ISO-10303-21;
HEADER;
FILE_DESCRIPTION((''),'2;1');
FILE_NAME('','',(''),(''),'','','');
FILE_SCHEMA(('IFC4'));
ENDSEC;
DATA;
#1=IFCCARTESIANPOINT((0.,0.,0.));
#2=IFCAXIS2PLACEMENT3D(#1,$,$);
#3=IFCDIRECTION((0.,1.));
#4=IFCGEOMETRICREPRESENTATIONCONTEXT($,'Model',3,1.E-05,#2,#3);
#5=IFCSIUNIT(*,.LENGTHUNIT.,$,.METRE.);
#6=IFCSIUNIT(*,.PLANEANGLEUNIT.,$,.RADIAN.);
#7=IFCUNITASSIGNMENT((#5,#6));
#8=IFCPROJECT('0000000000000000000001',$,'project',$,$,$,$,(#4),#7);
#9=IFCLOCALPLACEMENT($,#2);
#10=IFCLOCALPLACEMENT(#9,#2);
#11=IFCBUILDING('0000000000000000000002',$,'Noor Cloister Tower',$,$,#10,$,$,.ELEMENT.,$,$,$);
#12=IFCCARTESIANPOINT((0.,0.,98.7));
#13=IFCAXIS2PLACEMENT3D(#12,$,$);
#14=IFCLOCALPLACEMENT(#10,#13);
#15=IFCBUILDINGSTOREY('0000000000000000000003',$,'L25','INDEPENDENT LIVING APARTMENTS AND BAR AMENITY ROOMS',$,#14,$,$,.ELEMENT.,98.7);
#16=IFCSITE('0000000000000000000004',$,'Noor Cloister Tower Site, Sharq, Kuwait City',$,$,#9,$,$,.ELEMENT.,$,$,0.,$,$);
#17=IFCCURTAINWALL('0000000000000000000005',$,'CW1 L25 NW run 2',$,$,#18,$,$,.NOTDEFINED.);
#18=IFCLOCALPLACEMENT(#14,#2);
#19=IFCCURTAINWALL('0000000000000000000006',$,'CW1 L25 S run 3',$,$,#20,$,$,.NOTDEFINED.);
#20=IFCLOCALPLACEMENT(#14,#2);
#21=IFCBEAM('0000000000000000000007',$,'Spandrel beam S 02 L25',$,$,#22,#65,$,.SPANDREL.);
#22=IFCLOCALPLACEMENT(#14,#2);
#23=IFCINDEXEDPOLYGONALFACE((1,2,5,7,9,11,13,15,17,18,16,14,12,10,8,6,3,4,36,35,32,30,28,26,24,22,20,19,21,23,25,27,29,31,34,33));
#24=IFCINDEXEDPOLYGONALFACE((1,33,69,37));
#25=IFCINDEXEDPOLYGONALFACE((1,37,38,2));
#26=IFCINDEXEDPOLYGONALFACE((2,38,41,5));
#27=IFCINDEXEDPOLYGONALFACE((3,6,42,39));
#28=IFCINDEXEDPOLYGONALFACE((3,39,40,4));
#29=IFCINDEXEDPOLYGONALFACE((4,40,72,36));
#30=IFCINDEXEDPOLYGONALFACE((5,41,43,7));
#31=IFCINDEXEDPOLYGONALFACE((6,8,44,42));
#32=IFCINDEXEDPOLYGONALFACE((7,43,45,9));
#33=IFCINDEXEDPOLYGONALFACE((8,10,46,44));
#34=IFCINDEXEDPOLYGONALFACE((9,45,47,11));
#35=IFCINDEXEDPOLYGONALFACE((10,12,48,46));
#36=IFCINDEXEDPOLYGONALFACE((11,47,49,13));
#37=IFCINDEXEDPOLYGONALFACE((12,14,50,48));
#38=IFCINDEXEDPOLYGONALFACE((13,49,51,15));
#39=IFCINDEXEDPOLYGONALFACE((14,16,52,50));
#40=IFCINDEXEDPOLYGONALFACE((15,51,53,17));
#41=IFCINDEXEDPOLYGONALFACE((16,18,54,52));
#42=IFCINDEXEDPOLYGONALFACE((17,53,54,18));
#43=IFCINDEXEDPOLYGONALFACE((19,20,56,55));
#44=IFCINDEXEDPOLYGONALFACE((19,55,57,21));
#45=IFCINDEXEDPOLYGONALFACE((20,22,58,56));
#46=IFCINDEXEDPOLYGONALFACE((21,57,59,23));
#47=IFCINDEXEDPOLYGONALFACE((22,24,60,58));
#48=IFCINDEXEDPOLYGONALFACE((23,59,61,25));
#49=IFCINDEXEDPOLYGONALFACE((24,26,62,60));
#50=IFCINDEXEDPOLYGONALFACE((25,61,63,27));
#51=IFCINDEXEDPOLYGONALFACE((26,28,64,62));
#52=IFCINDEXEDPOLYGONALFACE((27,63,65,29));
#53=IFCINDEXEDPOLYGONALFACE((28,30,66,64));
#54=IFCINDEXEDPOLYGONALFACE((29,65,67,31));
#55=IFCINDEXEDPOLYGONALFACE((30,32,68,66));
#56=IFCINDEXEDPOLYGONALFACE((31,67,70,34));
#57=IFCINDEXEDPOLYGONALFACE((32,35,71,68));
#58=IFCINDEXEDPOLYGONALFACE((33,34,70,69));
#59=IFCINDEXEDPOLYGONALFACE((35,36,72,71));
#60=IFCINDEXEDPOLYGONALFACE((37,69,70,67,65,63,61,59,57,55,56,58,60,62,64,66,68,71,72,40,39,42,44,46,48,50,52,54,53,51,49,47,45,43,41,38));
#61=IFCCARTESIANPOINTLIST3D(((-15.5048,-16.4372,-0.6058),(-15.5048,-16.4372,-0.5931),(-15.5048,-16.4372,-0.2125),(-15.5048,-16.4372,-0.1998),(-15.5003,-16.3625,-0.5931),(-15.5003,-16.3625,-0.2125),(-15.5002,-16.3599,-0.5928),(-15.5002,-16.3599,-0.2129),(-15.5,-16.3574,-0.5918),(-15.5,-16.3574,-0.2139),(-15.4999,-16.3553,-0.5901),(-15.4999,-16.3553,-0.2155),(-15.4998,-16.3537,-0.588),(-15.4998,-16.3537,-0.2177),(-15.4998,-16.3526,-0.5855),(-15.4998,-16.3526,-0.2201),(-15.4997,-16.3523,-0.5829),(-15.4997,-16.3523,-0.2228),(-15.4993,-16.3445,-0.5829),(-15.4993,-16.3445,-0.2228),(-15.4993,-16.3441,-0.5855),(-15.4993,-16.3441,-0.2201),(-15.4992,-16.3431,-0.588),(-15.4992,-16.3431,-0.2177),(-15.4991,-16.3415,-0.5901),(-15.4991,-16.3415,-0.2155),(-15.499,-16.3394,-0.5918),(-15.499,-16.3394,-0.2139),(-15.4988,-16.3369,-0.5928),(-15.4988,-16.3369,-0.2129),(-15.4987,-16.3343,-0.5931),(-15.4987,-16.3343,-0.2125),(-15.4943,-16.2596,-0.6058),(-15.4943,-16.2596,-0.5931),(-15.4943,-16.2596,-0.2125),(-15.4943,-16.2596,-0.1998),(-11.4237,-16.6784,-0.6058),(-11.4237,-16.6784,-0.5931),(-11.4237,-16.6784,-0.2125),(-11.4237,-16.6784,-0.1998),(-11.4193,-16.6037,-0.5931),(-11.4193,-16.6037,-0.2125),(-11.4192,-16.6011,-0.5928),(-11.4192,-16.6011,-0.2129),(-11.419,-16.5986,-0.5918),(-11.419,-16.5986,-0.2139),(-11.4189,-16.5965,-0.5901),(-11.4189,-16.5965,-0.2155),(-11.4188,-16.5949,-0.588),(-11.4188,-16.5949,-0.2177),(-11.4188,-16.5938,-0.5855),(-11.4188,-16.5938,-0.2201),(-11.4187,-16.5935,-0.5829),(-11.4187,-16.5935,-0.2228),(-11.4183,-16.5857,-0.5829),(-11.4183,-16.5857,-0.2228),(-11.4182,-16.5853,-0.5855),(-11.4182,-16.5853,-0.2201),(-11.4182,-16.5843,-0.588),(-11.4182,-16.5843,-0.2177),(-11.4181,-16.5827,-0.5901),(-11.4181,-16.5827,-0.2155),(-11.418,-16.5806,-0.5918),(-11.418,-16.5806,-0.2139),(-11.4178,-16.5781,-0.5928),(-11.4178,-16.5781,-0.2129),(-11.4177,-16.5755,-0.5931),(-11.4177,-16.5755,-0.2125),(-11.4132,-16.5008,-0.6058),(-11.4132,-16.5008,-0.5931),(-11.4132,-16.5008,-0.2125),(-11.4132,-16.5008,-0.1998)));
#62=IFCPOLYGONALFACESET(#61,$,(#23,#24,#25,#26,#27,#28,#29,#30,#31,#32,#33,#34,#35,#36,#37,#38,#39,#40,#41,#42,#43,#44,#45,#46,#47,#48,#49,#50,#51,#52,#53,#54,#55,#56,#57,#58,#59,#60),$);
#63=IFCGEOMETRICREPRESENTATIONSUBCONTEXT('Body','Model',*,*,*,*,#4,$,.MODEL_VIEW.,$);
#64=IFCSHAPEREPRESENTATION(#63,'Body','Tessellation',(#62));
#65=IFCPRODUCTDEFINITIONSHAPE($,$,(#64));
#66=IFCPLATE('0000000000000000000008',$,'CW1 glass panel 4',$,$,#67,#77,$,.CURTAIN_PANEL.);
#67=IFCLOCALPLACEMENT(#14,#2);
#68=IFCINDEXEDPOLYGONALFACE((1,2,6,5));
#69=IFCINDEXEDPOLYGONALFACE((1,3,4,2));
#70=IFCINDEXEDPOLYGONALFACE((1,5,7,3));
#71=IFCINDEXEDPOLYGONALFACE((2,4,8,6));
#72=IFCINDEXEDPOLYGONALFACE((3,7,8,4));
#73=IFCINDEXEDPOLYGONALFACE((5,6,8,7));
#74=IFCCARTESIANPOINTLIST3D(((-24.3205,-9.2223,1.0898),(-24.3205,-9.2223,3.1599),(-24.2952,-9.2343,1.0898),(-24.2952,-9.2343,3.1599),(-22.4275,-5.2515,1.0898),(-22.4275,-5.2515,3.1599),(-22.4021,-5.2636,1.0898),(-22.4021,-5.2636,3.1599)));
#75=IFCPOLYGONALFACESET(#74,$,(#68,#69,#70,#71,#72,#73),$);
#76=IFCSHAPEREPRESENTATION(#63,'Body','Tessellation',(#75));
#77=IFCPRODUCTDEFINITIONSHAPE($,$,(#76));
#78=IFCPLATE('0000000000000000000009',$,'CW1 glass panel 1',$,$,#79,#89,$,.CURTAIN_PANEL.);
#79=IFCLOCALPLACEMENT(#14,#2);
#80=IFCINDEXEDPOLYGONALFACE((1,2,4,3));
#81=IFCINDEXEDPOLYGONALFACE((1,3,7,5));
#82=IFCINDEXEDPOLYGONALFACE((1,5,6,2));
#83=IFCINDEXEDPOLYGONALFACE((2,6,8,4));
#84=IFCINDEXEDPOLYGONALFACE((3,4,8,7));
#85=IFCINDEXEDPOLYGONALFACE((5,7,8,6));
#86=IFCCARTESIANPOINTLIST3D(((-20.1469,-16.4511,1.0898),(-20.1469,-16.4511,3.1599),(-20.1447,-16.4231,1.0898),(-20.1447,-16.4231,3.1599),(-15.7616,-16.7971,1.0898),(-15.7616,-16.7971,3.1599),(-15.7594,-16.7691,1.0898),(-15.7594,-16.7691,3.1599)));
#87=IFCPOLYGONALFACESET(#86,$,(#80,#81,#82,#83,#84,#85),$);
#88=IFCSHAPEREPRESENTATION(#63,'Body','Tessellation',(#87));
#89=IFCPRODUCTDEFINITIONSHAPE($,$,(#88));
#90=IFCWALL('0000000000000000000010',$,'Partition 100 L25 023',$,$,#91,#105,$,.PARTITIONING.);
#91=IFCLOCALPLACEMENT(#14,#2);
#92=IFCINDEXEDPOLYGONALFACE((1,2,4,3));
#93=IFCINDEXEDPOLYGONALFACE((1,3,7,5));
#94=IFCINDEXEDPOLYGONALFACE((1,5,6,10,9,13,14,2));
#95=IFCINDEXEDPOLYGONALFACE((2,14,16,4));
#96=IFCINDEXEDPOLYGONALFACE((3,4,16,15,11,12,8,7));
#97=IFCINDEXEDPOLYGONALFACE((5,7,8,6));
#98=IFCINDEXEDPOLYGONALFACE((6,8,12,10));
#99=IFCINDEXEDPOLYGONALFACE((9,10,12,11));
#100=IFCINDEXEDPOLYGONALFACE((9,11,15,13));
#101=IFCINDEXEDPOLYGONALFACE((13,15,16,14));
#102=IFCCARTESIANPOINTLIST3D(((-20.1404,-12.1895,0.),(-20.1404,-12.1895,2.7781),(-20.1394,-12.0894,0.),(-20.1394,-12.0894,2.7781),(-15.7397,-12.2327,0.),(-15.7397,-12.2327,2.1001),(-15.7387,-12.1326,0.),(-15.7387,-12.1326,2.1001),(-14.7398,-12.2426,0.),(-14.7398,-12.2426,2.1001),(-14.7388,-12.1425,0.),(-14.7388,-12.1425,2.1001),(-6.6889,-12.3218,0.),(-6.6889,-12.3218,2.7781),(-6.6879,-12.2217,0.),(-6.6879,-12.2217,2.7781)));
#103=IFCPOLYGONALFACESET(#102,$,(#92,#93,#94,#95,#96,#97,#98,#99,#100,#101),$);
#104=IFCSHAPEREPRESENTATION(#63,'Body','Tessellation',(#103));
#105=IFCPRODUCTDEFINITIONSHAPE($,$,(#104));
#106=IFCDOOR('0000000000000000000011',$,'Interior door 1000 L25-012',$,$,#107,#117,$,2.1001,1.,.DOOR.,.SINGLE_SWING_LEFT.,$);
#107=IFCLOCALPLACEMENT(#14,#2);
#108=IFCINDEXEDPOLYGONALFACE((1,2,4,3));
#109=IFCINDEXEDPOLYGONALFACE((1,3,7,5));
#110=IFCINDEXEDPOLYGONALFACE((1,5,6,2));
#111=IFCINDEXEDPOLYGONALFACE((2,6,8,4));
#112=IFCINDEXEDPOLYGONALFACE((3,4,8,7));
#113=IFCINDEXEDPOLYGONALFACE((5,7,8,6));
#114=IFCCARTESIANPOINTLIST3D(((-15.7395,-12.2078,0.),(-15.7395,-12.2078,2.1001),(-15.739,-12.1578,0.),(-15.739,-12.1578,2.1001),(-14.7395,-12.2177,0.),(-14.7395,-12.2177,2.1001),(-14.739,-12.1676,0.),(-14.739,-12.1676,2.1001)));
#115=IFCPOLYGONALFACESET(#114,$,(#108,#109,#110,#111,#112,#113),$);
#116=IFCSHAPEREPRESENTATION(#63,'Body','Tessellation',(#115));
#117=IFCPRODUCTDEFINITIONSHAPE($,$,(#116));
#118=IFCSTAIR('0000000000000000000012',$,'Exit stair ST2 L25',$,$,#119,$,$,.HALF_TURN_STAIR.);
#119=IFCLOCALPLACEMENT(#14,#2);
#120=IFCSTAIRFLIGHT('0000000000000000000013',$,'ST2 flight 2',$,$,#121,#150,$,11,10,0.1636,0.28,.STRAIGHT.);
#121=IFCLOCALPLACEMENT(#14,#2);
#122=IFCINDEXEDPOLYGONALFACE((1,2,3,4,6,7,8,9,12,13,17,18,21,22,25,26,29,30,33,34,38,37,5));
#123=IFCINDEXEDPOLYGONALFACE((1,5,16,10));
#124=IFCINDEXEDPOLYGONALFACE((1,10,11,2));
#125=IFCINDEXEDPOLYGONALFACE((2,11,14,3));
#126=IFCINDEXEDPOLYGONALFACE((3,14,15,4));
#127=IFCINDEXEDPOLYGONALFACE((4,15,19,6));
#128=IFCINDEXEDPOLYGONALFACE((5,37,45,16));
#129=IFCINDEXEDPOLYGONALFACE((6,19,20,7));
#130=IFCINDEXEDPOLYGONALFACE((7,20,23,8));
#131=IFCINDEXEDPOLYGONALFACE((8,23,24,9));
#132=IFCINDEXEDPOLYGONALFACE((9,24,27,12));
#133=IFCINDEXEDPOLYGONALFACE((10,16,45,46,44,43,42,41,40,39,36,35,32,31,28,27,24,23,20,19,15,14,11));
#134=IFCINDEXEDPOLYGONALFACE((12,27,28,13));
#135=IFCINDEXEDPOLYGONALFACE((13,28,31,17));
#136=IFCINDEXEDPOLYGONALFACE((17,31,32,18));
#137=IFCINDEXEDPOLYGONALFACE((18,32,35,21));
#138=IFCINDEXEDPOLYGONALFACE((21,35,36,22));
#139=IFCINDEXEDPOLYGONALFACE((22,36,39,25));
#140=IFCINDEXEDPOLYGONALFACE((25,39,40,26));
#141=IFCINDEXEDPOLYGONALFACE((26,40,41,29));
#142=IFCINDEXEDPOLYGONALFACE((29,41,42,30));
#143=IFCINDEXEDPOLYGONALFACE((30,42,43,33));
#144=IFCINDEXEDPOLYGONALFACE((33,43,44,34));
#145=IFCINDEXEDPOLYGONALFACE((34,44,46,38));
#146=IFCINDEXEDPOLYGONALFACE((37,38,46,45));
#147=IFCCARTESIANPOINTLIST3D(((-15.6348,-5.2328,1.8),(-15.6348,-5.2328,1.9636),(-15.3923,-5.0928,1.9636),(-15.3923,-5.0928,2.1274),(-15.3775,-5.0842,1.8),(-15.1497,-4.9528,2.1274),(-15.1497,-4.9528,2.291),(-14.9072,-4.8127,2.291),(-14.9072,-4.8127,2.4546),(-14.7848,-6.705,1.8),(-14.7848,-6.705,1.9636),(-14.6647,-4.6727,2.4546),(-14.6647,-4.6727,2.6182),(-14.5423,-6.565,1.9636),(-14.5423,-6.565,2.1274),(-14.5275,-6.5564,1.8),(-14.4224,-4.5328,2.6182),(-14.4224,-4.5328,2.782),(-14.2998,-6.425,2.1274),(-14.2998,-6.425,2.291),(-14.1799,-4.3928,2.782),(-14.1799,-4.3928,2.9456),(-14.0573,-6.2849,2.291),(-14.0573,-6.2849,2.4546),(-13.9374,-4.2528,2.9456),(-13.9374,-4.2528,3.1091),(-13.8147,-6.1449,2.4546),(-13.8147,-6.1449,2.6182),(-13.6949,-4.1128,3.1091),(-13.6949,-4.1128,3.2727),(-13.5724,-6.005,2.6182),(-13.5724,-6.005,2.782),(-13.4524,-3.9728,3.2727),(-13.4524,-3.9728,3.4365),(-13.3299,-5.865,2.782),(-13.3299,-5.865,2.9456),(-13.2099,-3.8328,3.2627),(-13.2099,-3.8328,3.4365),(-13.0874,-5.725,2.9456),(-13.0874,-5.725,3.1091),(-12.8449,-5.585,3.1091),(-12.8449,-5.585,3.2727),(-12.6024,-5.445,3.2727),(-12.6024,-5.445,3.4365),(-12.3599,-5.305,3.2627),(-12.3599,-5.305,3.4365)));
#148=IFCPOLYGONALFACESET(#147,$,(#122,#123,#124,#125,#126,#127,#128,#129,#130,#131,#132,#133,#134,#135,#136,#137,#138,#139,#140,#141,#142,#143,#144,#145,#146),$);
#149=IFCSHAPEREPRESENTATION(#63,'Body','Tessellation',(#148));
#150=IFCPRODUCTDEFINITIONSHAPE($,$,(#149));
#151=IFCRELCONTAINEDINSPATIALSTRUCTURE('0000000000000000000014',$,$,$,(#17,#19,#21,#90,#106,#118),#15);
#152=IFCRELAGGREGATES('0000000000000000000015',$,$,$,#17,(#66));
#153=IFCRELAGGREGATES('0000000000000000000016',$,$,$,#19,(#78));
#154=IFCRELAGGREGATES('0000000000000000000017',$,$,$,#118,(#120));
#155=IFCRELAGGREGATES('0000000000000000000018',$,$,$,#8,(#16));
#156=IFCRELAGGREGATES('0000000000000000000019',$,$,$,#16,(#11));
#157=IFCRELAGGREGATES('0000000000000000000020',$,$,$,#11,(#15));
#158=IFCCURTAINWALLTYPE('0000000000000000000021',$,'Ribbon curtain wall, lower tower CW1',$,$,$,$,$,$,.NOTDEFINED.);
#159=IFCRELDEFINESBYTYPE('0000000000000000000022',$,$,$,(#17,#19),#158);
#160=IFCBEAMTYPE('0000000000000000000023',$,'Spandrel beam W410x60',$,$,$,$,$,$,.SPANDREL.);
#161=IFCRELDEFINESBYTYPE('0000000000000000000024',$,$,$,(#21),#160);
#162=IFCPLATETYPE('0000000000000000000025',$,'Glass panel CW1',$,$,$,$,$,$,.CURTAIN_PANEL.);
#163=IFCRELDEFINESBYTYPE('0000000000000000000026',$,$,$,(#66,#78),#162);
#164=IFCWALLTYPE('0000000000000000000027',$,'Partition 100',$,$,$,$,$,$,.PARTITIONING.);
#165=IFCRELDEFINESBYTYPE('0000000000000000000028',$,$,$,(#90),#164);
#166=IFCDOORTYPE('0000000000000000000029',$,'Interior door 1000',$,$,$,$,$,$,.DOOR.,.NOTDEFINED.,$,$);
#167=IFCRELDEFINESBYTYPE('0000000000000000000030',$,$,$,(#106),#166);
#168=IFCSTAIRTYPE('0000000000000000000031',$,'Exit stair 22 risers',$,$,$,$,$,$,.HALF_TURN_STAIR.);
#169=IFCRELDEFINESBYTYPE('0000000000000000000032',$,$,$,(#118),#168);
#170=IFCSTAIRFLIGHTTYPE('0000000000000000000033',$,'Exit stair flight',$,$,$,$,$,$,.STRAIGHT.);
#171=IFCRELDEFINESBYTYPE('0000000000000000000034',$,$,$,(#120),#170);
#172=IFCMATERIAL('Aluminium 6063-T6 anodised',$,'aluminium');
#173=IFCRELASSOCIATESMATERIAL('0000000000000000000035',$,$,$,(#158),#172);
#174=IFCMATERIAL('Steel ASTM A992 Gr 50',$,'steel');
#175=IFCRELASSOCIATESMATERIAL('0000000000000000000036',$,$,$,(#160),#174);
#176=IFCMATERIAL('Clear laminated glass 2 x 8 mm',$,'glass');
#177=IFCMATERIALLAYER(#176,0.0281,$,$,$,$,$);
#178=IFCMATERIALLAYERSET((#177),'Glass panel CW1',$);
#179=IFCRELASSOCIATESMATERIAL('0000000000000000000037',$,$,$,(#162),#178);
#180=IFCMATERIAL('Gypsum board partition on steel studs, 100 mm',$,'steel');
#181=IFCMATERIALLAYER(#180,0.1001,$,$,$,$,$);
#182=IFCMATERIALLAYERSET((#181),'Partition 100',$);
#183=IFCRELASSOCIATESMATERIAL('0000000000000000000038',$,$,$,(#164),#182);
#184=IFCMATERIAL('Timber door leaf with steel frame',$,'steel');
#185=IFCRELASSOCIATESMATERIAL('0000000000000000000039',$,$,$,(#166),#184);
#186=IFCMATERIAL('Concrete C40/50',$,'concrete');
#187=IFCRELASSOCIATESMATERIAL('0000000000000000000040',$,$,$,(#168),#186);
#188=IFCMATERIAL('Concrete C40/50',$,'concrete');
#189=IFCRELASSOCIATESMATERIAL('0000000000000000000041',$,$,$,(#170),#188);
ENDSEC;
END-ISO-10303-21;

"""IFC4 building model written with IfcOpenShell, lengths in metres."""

from ifc_helpers import new_model, si_unit, direction, frame, frame_2d, origin, origin_2d, place, context, subcontext, project, spatial, polyline, rectangle, i_section, outline, extrude, material, layer, layer_set, material_profile, profile_set, type_object, element, fill, aggregate, save


model = new_model("IFC4")

# Units and contexts
model_context = context("Model", 3, precision=1e-05, world=origin(), true_north=direction((0.0, 1.0)))
body_context = subcontext(model_context, "Body", "Model", "MODEL_VIEW")
ifc_project = project(units=[si_unit("LENGTHUNIT", "METRE"), si_unit("PLANEANGLEUNIT", "RADIAN")], contexts=[model_context])

# Site, building, storey
site_placement = place(None, origin())
site = spatial("IfcSite", under=ifc_project, at=site_placement, Name="Noor Cloister Tower Site, Sharq, Kuwait City", CompositionType="ELEMENT", RefElevation=0.0)
building_placement = place(site_placement, origin())
building = spatial("IfcBuilding", under=site, at=building_placement, Name="Noor Cloister Tower", CompositionType="ELEMENT")
storey_placement = place(building_placement, frame((0.0, 0.0, 98.7)))
storey = spatial("IfcBuildingStorey", under=building, at=storey_placement, Name="L25", Description="INDEPENDENT LIVING APARTMENTS AND BAR AMENITY ROOMS", CompositionType="ELEMENT", Elevation=98.7)

# Curtain walls
ifc_material_1 = material(Name="Aluminium 6063-T6 anodised", Category="aluminium")
curtain_wall_type = type_object("IfcCurtainWallType", Name="Ribbon curtain wall, lower tower CW1", PredefinedType="NOTDEFINED", material=ifc_material_1)
curtain_wall_1_placement = place(storey_placement, origin())
curtain_wall_1 = element("IfcCurtainWall", 1, at=curtain_wall_1_placement, inside=storey, type_object=curtain_wall_type, Name="CW1 L25 NW run 2", PredefinedType="NOTDEFINED")
curtain_wall_2_placement = place(storey_placement, origin())
curtain_wall_2 = element("IfcCurtainWall", 2, at=curtain_wall_2_placement, inside=storey, type_object=curtain_wall_type, Name="CW1 L25 S run 3", PredefinedType="NOTDEFINED")

# Beam
ifc_material_2 = material(Name="Steel ASTM A992 Gr 50", Category="steel")
ifc_material_profile_1 = material_profile(ifc_material_2, i_section(OverallWidth=0.178, OverallDepth=0.406, WebThickness=0.0078, FlangeThickness=0.0127, FilletRadius=0.0103, at=origin_2d()), Name="W410x60")
ifc_profile_set_1 = profile_set([ifc_material_profile_1], Name="Steel ASTM A992 Gr 50")
beam_type_1 = type_object("IfcBeamType", Name="Spandrel beam W410x60", PredefinedType="SPANDREL", material=ifc_profile_set_1)
for number, where, z_axis, x_axis, name in (
    (3, (-15.4995, -16.3484, -0.4028), (0.998258, -0.059002, 0.0), (0.059002, 0.998258, 0.0), "Spandrel beam S 02 L25"),
):
    element("IfcBeam", number, at=place(storey_placement, frame(where, z_axis=z_axis, x_axis=x_axis)), inside=storey, type_object=beam_type_1, Name=name, PredefinedType="SPANDREL", context=body_context, shape_type="SweptSolid", body=[
        extrude(i_section(OverallWidth=0.178, OverallDepth=0.406, WebThickness=0.0078, FlangeThickness=0.0127, FilletRadius=0.0103, at=origin_2d()), origin(), (0.0, 0.0, 1.0), 4.0881),
    ])

# Plates
ifc_material_3 = material(Name="Clear laminated glass 2 x 8 mm", Category="glass")
ifc_layer_1 = layer(ifc_material_3, 0.0281)
ifc_layer_set_1 = layer_set([ifc_layer_1], Name="Glass panel CW1")
plate_type = type_object("IfcPlateType", Name="Glass panel CW1", PredefinedType="CURTAIN_PANEL", material=ifc_layer_set_1)
plate_1_placement = place(storey_placement, frame((-23.3613, -7.2429, 1.0898), z_axis=(0.0, 0.0, 1.0), x_axis=(-0.430337, -0.902668, 0.0)))
plate_1 = element("IfcPlate", 4, at=plate_1_placement, type_object=plate_type, Name="CW1 glass panel 4", PredefinedType="CURTAIN_PANEL", context=body_context, shape_type="SweptSolid", body=[
    extrude(rectangle(XDim=4.3989, YDim=0.0281, at=origin_2d()), origin(), (0.0, 0.0, 1.0), 2.0701),
])
aggregate(curtain_wall_1, [plate_1])
plate_2_placement = place(storey_placement, frame((-17.9531, -16.6101, 1.0898), z_axis=(0.0, 0.0, 1.0), x_axis=(0.996902, -0.078652, 0.0)))
plate_2 = element("IfcPlate", 5, at=plate_2_placement, type_object=plate_type, Name="CW1 glass panel 1", PredefinedType="CURTAIN_PANEL", context=body_context, shape_type="SweptSolid", body=[
    extrude(rectangle(XDim=4.3989, YDim=0.0281, at=origin_2d()), origin(), (0.0, 0.0, 1.0), 2.0701),
])
aggregate(curtain_wall_2, [plate_2])

# Wall, opening, door
ifc_material_4 = material(Name="Gypsum board partition on steel studs, 100 mm", Category="steel")
ifc_layer_2 = layer(ifc_material_4, 0.1001)
ifc_layer_set_2 = layer_set([ifc_layer_2], Name="Partition 100")
wall_type = type_object("IfcWallType", Name="Partition 100", PredefinedType="PARTITIONING", material=ifc_layer_set_2)
wall_placement = place(storey_placement, frame((-20.1399, -12.1394, 0.0), z_axis=(0.0, 0.0, 1.0), x_axis=(0.999952, -0.009837, 0.0)))
wall = element("IfcWall", 6, at=wall_placement, inside=storey, type_object=wall_type, Name="Partition 100 L25 023", PredefinedType="PARTITIONING", context=body_context, shape_type="SweptSolid", body=[
    extrude(rectangle(XDim=13.4521, YDim=0.1001, at=frame_2d((6.7261, 0.0))), origin(), (0.0, 0.0, 1.0), 2.7781),
])
opening_placement = place(wall_placement, frame((4.4009, 0.0, 0.0)))
opening = element("IfcOpeningElement", 7, at=opening_placement, cuts=wall, PredefinedType="OPENING", context=body_context, shape_type="SweptSolid", body=[
    extrude(rectangle(XDim=1.0, YDim=2.1001, at=frame_2d((0.5, 1.05))), frame((0.0, 0.0601, 0.0), z_axis=(0.0, -1.0, 0.0), x_axis=(1.0, 0.0, 0.0)), (0.0, 0.0, 1.0), 0.1201),
])
ifc_material_5 = material(Name="Timber door leaf with steel frame", Category="steel")
door_type = type_object("IfcDoorType", Name="Interior door 1000", OperationType="NOTDEFINED", PredefinedType="DOOR", material=ifc_material_5)
door_placement = place(opening_placement, origin())
door = element("IfcDoor", 8, at=door_placement, inside=storey, type_object=door_type, Name="Interior door 1000 L25-012", OperationType="SINGLE_SWING_LEFT", OverallHeight=2.1001, OverallWidth=1.0, PredefinedType="DOOR", context=body_context, shape_type="SweptSolid", body=[
    extrude(rectangle(XDim=1.0, YDim=2.1001, at=frame_2d((0.5, 1.05))), frame((0.0, 0.0249, 0.0), z_axis=(0.0, -1.0, 0.0), x_axis=(1.0, 0.0, 0.0)), (0.0, 0.0, 1.0), 0.05),
])
fill(opening, door)

# Stair, stair flight
ifc_material_6 = material(Name="Concrete C40/50", Category="concrete")
stair_type = type_object("IfcStairType", Name="Exit stair 22 risers", PredefinedType="HALF_TURN_STAIR", material=ifc_material_6)
stair_placement = place(storey_placement, origin())
stair = element("IfcStair", 9, at=stair_placement, inside=storey, type_object=stair_type, Name="Exit stair ST2 L25", PredefinedType="HALF_TURN_STAIR")
ifc_material_7 = material(Name="Concrete C40/50", Category="concrete")
stair_flight_type = type_object("IfcStairFlightType", Name="Exit stair flight", PredefinedType="STRAIGHT", material=ifc_material_7)
stair_flight_placement = place(storey_placement, frame((-15.2097, -5.969, 1.8), z_axis=(0.0, 0.0, 1.0), x_axis=(0.866025, 0.5, 0.0)))
stair_flight = element("IfcStairFlight", 10, at=stair_flight_placement, type_object=stair_flight_type, Name="ST2 flight 2", NumberOfRisers=11, NumberOfTreads=10, PredefinedType="STRAIGHT", RiserHeight=0.1636, TreadLength=0.28, context=body_context, shape_type="SweptSolid", body=[
    extrude(outline(polyline([(0.0, 0.0), (0.0, 0.1636), (0.28, 0.1636), (0.28, 0.3274), (0.5601, 0.3274), (0.5601, 0.491), (0.8401, 0.491), (0.8401, 0.6545), (1.1201, 0.6545), (1.1201, 0.8181), (1.3999, 0.8181), (1.3999, 0.9819), (1.6799, 0.9819), (1.6799, 1.1455), (1.96, 1.1455), (1.96, 1.3091), (2.24, 1.3091), (2.24, 1.4727), (2.52, 1.4727), (2.52, 1.6365), (2.8, 1.6365), (2.8, 1.8), (2.8, 1.4626), (0.2971, 0.0), (0.0, 0.0)])), frame((0.0, 0.8501, 0.0), z_axis=(0.0, -1.0, 0.0), x_axis=(1.0, 0.0, 0.0)), (0.0, 0.0, 1.0), 1.7),
])
aggregate(stair, [stair_flight])

save(model, "model.ifc")
